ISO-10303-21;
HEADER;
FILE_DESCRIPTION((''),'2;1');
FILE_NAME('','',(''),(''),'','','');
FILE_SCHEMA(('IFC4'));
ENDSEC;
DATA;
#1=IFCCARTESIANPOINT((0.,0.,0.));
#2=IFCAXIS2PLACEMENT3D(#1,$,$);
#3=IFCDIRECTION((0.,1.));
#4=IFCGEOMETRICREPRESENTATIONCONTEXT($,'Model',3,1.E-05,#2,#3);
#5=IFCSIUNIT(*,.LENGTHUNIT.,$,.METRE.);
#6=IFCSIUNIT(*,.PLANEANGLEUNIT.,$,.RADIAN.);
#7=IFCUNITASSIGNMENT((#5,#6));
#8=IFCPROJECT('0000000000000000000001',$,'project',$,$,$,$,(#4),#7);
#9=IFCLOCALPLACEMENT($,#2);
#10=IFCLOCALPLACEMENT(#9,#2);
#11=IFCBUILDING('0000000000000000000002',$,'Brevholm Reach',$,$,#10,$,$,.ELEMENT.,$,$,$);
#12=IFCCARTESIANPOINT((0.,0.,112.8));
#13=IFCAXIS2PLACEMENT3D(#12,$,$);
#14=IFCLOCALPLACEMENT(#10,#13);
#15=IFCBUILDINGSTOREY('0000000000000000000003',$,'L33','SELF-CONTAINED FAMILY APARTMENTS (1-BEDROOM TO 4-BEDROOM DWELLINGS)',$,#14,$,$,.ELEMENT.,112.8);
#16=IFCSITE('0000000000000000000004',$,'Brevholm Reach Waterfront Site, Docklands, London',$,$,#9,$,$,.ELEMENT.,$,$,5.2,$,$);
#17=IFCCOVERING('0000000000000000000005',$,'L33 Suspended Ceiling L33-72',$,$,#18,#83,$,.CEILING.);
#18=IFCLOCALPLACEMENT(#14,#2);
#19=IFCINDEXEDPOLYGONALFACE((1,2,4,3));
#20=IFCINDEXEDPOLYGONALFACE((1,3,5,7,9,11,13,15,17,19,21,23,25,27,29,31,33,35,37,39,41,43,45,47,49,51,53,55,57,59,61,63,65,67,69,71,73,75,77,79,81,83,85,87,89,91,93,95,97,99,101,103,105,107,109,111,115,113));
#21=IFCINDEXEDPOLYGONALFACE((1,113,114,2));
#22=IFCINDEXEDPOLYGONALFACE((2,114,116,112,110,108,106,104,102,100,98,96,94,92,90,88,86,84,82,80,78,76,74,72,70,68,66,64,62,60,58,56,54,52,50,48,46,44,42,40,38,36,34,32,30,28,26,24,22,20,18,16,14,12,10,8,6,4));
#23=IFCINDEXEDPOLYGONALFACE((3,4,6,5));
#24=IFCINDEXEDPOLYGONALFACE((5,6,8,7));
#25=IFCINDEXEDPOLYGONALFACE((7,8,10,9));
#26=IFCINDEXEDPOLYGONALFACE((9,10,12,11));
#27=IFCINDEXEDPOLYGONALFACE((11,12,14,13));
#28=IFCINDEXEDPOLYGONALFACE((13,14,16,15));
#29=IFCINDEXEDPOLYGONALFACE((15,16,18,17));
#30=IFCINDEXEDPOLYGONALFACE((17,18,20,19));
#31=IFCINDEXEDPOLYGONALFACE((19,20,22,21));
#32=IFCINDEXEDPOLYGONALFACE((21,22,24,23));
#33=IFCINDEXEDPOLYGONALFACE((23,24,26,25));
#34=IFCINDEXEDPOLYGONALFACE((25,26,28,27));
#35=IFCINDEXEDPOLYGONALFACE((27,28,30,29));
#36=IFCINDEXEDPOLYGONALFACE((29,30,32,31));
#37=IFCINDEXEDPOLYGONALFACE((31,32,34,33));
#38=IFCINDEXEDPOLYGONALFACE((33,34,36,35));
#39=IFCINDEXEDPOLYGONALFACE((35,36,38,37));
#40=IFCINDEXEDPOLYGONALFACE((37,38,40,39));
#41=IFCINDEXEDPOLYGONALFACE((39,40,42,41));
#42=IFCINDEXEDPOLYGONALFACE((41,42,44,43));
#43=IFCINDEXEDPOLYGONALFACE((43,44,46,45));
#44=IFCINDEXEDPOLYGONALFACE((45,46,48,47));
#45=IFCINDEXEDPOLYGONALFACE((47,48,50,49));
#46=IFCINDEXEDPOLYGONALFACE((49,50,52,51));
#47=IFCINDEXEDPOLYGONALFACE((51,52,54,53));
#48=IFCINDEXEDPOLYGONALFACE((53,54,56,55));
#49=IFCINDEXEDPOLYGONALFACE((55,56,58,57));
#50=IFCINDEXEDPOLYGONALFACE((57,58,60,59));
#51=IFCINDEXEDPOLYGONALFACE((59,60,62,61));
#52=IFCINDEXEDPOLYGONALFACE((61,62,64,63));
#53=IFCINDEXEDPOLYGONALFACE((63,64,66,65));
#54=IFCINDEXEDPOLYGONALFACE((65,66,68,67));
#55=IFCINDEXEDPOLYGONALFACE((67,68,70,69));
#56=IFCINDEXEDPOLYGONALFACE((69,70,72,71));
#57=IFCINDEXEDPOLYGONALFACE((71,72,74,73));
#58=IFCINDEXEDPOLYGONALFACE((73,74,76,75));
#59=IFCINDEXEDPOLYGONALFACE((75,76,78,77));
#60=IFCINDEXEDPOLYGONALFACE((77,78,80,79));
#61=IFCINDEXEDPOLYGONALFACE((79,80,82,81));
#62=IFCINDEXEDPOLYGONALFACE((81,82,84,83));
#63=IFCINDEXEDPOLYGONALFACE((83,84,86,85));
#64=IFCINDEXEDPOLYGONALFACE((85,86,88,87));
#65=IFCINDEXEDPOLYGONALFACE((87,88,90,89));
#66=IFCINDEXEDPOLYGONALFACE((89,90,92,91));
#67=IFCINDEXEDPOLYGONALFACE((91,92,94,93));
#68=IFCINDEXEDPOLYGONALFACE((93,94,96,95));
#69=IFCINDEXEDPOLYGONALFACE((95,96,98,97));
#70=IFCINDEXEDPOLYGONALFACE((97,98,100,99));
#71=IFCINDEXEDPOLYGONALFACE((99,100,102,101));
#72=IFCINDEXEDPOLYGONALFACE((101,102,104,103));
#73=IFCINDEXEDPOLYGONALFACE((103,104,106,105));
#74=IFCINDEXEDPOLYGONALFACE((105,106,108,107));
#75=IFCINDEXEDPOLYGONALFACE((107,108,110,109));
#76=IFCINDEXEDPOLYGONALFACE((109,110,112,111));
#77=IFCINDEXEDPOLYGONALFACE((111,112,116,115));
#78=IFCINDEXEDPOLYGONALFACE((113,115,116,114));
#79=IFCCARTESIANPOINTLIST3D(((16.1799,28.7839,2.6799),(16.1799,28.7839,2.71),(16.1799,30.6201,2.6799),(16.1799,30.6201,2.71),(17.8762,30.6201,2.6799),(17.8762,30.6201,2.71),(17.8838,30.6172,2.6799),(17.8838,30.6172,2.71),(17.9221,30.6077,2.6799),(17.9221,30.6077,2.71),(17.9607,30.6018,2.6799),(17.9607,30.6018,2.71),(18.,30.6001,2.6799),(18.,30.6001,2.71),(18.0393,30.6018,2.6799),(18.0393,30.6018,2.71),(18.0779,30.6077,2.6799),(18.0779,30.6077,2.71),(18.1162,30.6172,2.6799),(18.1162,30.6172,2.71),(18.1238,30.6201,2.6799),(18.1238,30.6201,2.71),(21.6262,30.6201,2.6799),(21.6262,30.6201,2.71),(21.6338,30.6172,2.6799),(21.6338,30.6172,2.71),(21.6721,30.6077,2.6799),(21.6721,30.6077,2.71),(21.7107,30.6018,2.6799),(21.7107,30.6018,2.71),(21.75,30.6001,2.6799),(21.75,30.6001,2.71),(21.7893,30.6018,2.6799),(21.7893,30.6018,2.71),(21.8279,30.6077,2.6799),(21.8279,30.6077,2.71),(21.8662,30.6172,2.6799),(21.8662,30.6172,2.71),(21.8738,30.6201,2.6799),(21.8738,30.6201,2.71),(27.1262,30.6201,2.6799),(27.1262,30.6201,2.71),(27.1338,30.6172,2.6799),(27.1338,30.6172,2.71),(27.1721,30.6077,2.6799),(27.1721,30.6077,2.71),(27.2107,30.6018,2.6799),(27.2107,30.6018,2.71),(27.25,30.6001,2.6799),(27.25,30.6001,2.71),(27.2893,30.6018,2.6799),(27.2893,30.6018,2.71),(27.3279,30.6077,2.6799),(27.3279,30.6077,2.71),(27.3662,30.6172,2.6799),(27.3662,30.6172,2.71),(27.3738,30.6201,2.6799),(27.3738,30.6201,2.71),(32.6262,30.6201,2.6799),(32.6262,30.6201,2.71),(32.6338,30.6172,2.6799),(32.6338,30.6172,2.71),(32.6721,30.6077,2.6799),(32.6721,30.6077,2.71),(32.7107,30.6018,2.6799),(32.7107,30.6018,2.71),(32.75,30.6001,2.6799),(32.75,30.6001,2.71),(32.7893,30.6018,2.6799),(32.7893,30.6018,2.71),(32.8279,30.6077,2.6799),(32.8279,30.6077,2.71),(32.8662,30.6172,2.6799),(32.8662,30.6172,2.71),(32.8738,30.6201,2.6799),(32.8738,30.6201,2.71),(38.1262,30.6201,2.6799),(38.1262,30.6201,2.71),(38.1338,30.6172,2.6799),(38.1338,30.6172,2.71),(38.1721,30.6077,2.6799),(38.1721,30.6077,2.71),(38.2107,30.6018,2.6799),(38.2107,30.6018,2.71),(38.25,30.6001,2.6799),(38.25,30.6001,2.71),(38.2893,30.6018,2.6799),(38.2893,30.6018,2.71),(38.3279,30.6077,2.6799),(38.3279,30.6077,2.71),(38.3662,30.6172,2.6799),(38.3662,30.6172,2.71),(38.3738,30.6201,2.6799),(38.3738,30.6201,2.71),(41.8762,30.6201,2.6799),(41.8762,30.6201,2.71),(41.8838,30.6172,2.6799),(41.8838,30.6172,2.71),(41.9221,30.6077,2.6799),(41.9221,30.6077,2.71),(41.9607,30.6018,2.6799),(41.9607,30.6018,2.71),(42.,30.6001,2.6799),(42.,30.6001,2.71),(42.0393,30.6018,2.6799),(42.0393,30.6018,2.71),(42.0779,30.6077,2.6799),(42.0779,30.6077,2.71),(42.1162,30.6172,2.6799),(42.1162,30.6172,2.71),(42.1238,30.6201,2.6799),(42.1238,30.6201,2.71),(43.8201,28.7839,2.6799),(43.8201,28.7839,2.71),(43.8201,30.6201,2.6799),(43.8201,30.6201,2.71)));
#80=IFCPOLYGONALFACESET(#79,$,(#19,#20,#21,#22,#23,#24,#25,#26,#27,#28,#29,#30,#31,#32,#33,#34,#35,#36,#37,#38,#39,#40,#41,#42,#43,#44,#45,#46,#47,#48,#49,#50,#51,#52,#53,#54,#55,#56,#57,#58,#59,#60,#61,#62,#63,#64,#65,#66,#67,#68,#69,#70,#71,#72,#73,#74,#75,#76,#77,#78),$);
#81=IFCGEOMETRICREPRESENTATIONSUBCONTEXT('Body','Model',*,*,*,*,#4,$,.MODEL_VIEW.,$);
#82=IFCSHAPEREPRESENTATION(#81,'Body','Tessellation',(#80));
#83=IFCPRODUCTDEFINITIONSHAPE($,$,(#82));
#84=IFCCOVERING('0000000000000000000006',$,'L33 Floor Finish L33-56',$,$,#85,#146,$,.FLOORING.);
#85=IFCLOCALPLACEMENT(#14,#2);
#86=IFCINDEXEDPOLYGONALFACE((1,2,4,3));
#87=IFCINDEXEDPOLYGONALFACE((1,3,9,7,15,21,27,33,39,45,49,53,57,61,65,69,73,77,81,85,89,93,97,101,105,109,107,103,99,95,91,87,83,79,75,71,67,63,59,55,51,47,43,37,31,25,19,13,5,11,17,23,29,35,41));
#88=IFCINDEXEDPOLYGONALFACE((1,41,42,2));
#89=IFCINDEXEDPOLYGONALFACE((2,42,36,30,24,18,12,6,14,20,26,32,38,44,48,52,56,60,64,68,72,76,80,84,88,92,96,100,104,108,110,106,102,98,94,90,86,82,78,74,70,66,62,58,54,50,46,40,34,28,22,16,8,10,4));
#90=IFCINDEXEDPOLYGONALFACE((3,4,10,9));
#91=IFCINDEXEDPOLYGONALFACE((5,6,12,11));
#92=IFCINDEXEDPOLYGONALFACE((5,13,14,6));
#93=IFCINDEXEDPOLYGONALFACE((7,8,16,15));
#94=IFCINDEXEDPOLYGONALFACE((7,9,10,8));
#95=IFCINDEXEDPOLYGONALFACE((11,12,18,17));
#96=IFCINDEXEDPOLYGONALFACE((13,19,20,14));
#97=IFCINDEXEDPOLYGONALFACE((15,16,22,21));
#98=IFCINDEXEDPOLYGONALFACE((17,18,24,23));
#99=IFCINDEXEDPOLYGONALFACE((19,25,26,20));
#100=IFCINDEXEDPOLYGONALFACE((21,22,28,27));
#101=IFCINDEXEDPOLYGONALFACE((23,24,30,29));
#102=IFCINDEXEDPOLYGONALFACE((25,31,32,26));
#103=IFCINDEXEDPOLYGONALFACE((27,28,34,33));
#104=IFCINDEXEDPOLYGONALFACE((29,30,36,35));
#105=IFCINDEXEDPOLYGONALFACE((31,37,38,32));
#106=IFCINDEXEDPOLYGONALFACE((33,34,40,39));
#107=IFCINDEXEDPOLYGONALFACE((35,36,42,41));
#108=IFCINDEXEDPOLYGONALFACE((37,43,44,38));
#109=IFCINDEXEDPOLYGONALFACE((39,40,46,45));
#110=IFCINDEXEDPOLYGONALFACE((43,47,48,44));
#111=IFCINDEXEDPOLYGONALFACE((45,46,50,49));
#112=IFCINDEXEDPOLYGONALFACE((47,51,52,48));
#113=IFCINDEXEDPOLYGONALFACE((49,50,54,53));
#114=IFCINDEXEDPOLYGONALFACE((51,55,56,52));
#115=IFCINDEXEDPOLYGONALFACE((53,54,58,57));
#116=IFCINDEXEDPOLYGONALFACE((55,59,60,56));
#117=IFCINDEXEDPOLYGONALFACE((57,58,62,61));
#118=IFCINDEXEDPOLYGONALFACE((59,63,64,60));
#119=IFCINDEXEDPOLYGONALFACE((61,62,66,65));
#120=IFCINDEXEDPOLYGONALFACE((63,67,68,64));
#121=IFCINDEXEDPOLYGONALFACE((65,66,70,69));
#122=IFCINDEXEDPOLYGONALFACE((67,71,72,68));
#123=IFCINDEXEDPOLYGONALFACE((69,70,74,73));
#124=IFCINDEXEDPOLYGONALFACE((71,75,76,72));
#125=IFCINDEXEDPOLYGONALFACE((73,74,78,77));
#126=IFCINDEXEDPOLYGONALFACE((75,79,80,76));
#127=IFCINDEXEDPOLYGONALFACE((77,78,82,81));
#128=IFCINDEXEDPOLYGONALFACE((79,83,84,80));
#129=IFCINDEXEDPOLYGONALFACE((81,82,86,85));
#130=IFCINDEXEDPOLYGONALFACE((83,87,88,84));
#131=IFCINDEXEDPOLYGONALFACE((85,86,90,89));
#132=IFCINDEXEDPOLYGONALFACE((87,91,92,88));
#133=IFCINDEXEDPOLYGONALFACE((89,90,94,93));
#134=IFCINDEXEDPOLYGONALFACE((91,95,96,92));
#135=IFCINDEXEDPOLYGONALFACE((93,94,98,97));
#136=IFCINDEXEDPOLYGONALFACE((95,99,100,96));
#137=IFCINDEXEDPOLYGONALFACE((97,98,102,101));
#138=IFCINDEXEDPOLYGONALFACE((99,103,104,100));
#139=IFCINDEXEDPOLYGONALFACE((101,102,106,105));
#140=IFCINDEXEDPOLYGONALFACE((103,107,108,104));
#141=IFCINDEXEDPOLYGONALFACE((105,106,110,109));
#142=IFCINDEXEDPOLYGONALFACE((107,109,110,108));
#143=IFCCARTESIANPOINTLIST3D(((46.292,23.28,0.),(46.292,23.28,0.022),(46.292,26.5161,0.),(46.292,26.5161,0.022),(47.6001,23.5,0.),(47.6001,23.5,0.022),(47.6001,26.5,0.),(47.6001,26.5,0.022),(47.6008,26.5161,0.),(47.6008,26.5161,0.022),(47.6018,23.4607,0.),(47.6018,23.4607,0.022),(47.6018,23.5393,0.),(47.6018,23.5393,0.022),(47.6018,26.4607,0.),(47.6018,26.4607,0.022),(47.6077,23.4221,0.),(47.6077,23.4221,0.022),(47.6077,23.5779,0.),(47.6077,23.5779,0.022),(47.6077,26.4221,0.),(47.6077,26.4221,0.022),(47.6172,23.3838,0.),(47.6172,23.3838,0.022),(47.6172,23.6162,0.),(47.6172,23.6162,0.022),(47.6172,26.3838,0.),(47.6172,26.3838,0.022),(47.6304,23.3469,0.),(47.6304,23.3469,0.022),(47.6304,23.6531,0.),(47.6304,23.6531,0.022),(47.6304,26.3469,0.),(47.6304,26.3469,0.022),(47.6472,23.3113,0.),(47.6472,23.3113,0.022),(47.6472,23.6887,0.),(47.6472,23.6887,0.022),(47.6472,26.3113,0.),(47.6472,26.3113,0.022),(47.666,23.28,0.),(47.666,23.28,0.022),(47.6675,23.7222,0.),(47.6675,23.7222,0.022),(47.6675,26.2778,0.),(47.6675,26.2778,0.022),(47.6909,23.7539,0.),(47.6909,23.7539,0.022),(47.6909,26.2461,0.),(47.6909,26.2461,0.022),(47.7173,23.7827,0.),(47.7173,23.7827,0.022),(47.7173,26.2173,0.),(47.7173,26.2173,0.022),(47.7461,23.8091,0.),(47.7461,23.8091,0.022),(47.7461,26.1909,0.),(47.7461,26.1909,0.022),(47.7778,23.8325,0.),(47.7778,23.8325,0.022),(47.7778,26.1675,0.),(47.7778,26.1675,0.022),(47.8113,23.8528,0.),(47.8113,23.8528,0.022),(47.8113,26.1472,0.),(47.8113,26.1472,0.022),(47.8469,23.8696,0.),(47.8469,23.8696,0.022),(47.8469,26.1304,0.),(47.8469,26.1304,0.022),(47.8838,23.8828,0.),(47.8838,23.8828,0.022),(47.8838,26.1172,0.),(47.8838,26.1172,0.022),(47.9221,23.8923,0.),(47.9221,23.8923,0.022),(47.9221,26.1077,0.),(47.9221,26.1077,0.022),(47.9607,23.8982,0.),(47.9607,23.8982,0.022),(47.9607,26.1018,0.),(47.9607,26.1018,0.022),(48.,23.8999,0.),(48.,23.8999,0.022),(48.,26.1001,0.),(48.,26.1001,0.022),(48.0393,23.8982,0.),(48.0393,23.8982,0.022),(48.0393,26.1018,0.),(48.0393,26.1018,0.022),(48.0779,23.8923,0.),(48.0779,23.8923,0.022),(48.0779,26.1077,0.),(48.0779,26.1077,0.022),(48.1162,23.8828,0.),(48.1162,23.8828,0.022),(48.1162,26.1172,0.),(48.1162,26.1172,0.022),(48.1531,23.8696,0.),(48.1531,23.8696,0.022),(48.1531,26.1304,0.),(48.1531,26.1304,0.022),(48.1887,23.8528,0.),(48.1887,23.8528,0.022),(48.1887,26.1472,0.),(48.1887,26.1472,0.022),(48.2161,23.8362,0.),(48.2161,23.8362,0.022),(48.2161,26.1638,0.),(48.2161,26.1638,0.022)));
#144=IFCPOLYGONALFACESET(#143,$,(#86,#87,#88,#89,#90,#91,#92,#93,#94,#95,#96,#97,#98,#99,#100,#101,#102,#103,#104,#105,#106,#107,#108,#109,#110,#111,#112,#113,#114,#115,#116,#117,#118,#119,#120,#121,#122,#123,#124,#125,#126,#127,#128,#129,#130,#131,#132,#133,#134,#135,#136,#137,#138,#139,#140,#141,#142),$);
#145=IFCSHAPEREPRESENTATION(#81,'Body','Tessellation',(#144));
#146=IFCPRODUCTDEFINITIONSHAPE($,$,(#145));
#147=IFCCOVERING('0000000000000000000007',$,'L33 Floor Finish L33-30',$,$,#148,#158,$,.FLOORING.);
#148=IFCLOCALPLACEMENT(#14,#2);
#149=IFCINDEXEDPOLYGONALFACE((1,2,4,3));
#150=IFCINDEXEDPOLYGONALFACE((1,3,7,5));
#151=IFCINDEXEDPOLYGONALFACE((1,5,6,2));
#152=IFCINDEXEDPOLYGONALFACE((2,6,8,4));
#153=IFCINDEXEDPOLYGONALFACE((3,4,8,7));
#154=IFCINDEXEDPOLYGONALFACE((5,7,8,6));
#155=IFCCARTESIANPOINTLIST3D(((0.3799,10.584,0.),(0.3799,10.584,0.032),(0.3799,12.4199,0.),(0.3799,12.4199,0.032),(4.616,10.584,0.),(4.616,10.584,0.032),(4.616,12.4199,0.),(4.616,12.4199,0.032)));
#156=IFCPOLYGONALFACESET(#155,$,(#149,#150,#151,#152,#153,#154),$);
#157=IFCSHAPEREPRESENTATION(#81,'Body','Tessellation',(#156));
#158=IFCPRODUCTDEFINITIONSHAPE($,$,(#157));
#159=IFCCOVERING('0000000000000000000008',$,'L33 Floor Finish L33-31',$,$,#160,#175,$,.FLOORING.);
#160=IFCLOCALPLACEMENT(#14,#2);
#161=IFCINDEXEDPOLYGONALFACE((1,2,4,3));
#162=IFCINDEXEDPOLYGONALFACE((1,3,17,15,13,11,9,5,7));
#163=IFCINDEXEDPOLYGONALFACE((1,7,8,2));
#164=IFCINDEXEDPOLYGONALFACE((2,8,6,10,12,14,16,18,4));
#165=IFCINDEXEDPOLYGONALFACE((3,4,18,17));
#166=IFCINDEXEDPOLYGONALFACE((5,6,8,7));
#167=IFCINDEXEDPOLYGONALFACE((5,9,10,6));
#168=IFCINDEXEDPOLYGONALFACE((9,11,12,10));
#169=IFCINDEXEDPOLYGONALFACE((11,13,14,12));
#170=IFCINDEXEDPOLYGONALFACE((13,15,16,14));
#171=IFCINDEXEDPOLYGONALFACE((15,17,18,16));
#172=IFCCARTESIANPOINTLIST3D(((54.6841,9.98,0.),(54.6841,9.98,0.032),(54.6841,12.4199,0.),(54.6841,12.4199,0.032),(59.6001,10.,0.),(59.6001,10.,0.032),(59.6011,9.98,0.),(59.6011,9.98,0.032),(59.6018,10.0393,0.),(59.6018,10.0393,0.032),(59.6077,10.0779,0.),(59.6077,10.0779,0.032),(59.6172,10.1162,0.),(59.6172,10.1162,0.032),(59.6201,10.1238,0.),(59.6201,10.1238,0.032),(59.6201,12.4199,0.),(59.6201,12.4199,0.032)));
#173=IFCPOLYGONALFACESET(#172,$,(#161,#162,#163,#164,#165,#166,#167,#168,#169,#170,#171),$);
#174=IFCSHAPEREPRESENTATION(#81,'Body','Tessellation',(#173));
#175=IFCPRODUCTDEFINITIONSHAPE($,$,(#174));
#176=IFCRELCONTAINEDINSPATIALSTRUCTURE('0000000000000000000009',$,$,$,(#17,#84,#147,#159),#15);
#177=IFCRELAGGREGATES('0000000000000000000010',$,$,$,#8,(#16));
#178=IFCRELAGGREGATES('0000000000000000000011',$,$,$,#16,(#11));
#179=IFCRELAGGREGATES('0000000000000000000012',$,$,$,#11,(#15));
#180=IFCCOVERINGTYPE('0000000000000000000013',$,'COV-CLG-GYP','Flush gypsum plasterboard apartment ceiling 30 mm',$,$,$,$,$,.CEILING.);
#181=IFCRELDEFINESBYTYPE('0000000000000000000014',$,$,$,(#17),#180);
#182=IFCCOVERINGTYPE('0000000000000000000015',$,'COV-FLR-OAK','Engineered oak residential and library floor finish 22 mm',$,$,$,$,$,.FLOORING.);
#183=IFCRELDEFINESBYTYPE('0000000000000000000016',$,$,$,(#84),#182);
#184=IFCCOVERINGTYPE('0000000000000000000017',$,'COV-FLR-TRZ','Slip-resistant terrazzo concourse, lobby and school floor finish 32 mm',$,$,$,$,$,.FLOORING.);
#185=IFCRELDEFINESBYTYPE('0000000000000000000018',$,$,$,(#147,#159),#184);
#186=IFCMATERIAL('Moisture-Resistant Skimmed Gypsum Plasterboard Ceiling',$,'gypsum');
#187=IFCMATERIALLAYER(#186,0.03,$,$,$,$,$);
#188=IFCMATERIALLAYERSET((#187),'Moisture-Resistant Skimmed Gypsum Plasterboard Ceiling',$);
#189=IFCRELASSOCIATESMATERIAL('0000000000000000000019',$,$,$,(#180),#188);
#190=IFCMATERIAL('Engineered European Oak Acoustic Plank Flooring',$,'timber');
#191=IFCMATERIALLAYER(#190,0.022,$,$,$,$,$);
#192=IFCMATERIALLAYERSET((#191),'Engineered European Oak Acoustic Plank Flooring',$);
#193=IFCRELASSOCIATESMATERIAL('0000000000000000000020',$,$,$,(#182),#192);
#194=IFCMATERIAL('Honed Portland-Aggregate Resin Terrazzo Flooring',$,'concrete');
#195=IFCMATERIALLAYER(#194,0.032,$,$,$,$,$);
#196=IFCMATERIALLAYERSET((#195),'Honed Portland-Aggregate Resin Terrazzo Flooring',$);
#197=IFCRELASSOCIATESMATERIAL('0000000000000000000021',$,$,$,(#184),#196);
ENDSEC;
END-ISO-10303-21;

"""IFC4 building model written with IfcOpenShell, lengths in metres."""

from ifc_helpers import new_model, si_unit, direction, frame, origin, place, context, subcontext, project, spatial, polyline, outline, extrude, material, layer, layer_set, type_object, element, save


model = new_model("IFC4")

# Units and contexts
model_context = context("Model", 3, precision=1e-05, world=origin(), true_north=direction((0.0, 1.0)))
body_context = subcontext(model_context, "Body", "Model", "MODEL_VIEW")
ifc_project = project(units=[si_unit("LENGTHUNIT", "METRE"), si_unit("PLANEANGLEUNIT", "RADIAN")], contexts=[model_context])

# Site, building, storey
site_placement = place(None, origin())
site = spatial("IfcSite", under=ifc_project, at=site_placement, Name="Brevholm Reach Waterfront Site, Docklands, London", CompositionType="ELEMENT", RefElevation=5.2)
building_placement = place(site_placement, origin())
building = spatial("IfcBuilding", under=site, at=building_placement, Name="Brevholm Reach", CompositionType="ELEMENT")
storey_placement = place(building_placement, frame((0.0, 0.0, 112.8)))
storey = spatial("IfcBuildingStorey", under=building, at=storey_placement, Name="L33", Description="SELF-CONTAINED FAMILY APARTMENTS (1-BEDROOM TO 4-BEDROOM DWELLINGS)", CompositionType="ELEMENT", Elevation=112.8)

# Coverings
ifc_material_1 = material(Name="Moisture-Resistant Skimmed Gypsum Plasterboard Ceiling", Category="gypsum")
ifc_layer_1 = layer(ifc_material_1, 0.03)
ifc_layer_set_1 = layer_set([ifc_layer_1], Name="Moisture-Resistant Skimmed Gypsum Plasterboard Ceiling")
covering_type_1 = type_object("IfcCoveringType", Name="COV-CLG-GYP", Description="Flush gypsum plasterboard apartment ceiling 30 mm", PredefinedType="CEILING", material=ifc_layer_set_1)
covering_1_placement = place(storey_placement, frame((0.0, 0.0, 2.6799)))
element("IfcCovering", 1, at=covering_1_placement, inside=storey, type_object=covering_type_1, Name="L33 Suspended Ceiling L33-72", PredefinedType="CEILING", context=body_context, shape_type="SweptSolid", body=[
    extrude(outline(polyline([(16.1799, 30.6201), (17.8762, 30.6201), (17.8838, 30.6172), (17.9221, 30.6077), (17.9607, 30.6018), (18.0, 30.6001), (18.0393, 30.6018), (18.0779, 30.6077), (18.1162, 30.6172), (18.1238, 30.6201), (21.6262, 30.6201), (21.6338, 30.6172), (21.6721, 30.6077), (21.7107, 30.6018), (21.75, 30.6001), (21.7893, 30.6018), (21.8279, 30.6077), (21.8662, 30.6172), (21.8738, 30.6201), (27.1262, 30.6201), (27.1338, 30.6172), (27.1721, 30.6077), (27.2107, 30.6018), (27.25, 30.6001), (27.2893, 30.6018), (27.3279, 30.6077), (27.3662, 30.6172), (27.3738, 30.6201), (32.6262, 30.6201), (32.6338, 30.6172), (32.6721, 30.6077), (32.7107, 30.6018), (32.75, 30.6001), (32.7893, 30.6018), (32.8279, 30.6077), (32.8662, 30.6172), (32.8738, 30.6201), (38.1262, 30.6201), (38.1338, 30.6172), (38.1721, 30.6077), (38.2107, 30.6018), (38.25, 30.6001), (38.2893, 30.6018), (38.3279, 30.6077), (38.3662, 30.6172), (38.3738, 30.6201), (41.8762, 30.6201), (41.8838, 30.6172), (41.9221, 30.6077), (41.9607, 30.6018), (42.0, 30.6001), (42.0393, 30.6018), (42.0779, 30.6077), (42.1162, 30.6172), (42.1238, 30.6201), (43.8201, 30.6201), (43.8201, 28.7839), (16.1799, 28.7839), (16.1799, 30.6201)])), origin(), (0.0, 0.0, 1.0), 0.03),
])
ifc_material_2 = material(Name="Engineered European Oak Acoustic Plank Flooring", Category="timber")
ifc_layer_2 = layer(ifc_material_2, 0.022)
ifc_layer_set_2 = layer_set([ifc_layer_2], Name="Engineered European Oak Acoustic Plank Flooring")
covering_type_2 = type_object("IfcCoveringType", Name="COV-FLR-OAK", Description="Engineered oak residential and library floor finish 22 mm", PredefinedType="FLOORING", material=ifc_layer_set_2)
covering_2_placement = place(storey_placement, origin())
element("IfcCovering", 2, at=covering_2_placement, inside=storey, type_object=covering_type_2, Name="L33 Floor Finish L33-56", PredefinedType="FLOORING", context=body_context, shape_type="SweptSolid", body=[
    extrude(outline(polyline([(46.292, 26.5161), (47.6008, 26.5161), (47.6001, 26.5), (47.6018, 26.4607), (47.6077, 26.4221), (47.6172, 26.3838), (47.6304, 26.3469), (47.6472, 26.3113), (47.6675, 26.2778), (47.6909, 26.2461), (47.7173, 26.2173), (47.7461, 26.1909), (47.7778, 26.1675), (47.8113, 26.1472), (47.8469, 26.1304), (47.8838, 26.1172), (47.9221, 26.1077), (47.9607, 26.1018), (48.0, 26.1001), (48.0393, 26.1018), (48.0779, 26.1077), (48.1162, 26.1172), (48.1531, 26.1304), (48.1887, 26.1472), (48.2161, 26.1638), (48.2161, 23.8362), (48.1887, 23.8528), (48.1531, 23.8696), (48.1162, 23.8828), (48.0779, 23.8923), (48.0393, 23.8982), (48.0, 23.8999), (47.9607, 23.8982), (47.9221, 23.8923), (47.8838, 23.8828), (47.8469, 23.8696), (47.8113, 23.8528), (47.7778, 23.8325), (47.7461, 23.8091), (47.7173, 23.7827), (47.6909, 23.7539), (47.6675, 23.7222), (47.6472, 23.6887), (47.6304, 23.6531), (47.6172, 23.6162), (47.6077, 23.5779), (47.6018, 23.5393), (47.6001, 23.5), (47.6018, 23.4607), (47.6077, 23.4221), (47.6172, 23.3838), (47.6304, 23.3469), (47.6472, 23.3113), (47.666, 23.28), (46.292, 23.28), (46.292, 26.5161)])), origin(), (0.0, 0.0, 1.0), 0.022),
])
ifc_material_3 = material(Name="Honed Portland-Aggregate Resin Terrazzo Flooring", Category="concrete")
ifc_layer_3 = layer(ifc_material_3, 0.032)
ifc_layer_set_3 = layer_set([ifc_layer_3], Name="Honed Portland-Aggregate Resin Terrazzo Flooring")
covering_type_3 = type_object("IfcCoveringType", Name="COV-FLR-TRZ", Description="Slip-resistant terrazzo concourse, lobby and school floor finish 32 mm", PredefinedType="FLOORING", material=ifc_layer_set_3)
covering_3_placement = place(storey_placement, origin())
element("IfcCovering", 3, at=covering_3_placement, inside=storey, type_object=covering_type_3, Name="L33 Floor Finish L33-30", PredefinedType="FLOORING", context=body_context, shape_type="SweptSolid", body=[
    extrude(outline(polyline([(0.3799, 12.4199), (4.616, 12.4199), (4.616, 10.584), (0.3799, 10.584), (0.3799, 12.4199)])), origin(), (0.0, 0.0, 1.0), 0.032),
])
covering_4_placement = place(storey_placement, origin())
element("IfcCovering", 4, at=covering_4_placement, inside=storey, type_object=covering_type_3, Name="L33 Floor Finish L33-31", PredefinedType="FLOORING", context=body_context, shape_type="SweptSolid", body=[
    extrude(outline(polyline([(59.6201, 12.4199), (59.6201, 10.1238), (59.6172, 10.1162), (59.6077, 10.0779), (59.6018, 10.0393), (59.6001, 10.0), (59.6011, 9.98), (54.6841, 9.98), (54.6841, 12.4199), (59.6201, 12.4199)])), origin(), (0.0, 0.0, 1.0), 0.032),
])

save(model, "model.ifc")
